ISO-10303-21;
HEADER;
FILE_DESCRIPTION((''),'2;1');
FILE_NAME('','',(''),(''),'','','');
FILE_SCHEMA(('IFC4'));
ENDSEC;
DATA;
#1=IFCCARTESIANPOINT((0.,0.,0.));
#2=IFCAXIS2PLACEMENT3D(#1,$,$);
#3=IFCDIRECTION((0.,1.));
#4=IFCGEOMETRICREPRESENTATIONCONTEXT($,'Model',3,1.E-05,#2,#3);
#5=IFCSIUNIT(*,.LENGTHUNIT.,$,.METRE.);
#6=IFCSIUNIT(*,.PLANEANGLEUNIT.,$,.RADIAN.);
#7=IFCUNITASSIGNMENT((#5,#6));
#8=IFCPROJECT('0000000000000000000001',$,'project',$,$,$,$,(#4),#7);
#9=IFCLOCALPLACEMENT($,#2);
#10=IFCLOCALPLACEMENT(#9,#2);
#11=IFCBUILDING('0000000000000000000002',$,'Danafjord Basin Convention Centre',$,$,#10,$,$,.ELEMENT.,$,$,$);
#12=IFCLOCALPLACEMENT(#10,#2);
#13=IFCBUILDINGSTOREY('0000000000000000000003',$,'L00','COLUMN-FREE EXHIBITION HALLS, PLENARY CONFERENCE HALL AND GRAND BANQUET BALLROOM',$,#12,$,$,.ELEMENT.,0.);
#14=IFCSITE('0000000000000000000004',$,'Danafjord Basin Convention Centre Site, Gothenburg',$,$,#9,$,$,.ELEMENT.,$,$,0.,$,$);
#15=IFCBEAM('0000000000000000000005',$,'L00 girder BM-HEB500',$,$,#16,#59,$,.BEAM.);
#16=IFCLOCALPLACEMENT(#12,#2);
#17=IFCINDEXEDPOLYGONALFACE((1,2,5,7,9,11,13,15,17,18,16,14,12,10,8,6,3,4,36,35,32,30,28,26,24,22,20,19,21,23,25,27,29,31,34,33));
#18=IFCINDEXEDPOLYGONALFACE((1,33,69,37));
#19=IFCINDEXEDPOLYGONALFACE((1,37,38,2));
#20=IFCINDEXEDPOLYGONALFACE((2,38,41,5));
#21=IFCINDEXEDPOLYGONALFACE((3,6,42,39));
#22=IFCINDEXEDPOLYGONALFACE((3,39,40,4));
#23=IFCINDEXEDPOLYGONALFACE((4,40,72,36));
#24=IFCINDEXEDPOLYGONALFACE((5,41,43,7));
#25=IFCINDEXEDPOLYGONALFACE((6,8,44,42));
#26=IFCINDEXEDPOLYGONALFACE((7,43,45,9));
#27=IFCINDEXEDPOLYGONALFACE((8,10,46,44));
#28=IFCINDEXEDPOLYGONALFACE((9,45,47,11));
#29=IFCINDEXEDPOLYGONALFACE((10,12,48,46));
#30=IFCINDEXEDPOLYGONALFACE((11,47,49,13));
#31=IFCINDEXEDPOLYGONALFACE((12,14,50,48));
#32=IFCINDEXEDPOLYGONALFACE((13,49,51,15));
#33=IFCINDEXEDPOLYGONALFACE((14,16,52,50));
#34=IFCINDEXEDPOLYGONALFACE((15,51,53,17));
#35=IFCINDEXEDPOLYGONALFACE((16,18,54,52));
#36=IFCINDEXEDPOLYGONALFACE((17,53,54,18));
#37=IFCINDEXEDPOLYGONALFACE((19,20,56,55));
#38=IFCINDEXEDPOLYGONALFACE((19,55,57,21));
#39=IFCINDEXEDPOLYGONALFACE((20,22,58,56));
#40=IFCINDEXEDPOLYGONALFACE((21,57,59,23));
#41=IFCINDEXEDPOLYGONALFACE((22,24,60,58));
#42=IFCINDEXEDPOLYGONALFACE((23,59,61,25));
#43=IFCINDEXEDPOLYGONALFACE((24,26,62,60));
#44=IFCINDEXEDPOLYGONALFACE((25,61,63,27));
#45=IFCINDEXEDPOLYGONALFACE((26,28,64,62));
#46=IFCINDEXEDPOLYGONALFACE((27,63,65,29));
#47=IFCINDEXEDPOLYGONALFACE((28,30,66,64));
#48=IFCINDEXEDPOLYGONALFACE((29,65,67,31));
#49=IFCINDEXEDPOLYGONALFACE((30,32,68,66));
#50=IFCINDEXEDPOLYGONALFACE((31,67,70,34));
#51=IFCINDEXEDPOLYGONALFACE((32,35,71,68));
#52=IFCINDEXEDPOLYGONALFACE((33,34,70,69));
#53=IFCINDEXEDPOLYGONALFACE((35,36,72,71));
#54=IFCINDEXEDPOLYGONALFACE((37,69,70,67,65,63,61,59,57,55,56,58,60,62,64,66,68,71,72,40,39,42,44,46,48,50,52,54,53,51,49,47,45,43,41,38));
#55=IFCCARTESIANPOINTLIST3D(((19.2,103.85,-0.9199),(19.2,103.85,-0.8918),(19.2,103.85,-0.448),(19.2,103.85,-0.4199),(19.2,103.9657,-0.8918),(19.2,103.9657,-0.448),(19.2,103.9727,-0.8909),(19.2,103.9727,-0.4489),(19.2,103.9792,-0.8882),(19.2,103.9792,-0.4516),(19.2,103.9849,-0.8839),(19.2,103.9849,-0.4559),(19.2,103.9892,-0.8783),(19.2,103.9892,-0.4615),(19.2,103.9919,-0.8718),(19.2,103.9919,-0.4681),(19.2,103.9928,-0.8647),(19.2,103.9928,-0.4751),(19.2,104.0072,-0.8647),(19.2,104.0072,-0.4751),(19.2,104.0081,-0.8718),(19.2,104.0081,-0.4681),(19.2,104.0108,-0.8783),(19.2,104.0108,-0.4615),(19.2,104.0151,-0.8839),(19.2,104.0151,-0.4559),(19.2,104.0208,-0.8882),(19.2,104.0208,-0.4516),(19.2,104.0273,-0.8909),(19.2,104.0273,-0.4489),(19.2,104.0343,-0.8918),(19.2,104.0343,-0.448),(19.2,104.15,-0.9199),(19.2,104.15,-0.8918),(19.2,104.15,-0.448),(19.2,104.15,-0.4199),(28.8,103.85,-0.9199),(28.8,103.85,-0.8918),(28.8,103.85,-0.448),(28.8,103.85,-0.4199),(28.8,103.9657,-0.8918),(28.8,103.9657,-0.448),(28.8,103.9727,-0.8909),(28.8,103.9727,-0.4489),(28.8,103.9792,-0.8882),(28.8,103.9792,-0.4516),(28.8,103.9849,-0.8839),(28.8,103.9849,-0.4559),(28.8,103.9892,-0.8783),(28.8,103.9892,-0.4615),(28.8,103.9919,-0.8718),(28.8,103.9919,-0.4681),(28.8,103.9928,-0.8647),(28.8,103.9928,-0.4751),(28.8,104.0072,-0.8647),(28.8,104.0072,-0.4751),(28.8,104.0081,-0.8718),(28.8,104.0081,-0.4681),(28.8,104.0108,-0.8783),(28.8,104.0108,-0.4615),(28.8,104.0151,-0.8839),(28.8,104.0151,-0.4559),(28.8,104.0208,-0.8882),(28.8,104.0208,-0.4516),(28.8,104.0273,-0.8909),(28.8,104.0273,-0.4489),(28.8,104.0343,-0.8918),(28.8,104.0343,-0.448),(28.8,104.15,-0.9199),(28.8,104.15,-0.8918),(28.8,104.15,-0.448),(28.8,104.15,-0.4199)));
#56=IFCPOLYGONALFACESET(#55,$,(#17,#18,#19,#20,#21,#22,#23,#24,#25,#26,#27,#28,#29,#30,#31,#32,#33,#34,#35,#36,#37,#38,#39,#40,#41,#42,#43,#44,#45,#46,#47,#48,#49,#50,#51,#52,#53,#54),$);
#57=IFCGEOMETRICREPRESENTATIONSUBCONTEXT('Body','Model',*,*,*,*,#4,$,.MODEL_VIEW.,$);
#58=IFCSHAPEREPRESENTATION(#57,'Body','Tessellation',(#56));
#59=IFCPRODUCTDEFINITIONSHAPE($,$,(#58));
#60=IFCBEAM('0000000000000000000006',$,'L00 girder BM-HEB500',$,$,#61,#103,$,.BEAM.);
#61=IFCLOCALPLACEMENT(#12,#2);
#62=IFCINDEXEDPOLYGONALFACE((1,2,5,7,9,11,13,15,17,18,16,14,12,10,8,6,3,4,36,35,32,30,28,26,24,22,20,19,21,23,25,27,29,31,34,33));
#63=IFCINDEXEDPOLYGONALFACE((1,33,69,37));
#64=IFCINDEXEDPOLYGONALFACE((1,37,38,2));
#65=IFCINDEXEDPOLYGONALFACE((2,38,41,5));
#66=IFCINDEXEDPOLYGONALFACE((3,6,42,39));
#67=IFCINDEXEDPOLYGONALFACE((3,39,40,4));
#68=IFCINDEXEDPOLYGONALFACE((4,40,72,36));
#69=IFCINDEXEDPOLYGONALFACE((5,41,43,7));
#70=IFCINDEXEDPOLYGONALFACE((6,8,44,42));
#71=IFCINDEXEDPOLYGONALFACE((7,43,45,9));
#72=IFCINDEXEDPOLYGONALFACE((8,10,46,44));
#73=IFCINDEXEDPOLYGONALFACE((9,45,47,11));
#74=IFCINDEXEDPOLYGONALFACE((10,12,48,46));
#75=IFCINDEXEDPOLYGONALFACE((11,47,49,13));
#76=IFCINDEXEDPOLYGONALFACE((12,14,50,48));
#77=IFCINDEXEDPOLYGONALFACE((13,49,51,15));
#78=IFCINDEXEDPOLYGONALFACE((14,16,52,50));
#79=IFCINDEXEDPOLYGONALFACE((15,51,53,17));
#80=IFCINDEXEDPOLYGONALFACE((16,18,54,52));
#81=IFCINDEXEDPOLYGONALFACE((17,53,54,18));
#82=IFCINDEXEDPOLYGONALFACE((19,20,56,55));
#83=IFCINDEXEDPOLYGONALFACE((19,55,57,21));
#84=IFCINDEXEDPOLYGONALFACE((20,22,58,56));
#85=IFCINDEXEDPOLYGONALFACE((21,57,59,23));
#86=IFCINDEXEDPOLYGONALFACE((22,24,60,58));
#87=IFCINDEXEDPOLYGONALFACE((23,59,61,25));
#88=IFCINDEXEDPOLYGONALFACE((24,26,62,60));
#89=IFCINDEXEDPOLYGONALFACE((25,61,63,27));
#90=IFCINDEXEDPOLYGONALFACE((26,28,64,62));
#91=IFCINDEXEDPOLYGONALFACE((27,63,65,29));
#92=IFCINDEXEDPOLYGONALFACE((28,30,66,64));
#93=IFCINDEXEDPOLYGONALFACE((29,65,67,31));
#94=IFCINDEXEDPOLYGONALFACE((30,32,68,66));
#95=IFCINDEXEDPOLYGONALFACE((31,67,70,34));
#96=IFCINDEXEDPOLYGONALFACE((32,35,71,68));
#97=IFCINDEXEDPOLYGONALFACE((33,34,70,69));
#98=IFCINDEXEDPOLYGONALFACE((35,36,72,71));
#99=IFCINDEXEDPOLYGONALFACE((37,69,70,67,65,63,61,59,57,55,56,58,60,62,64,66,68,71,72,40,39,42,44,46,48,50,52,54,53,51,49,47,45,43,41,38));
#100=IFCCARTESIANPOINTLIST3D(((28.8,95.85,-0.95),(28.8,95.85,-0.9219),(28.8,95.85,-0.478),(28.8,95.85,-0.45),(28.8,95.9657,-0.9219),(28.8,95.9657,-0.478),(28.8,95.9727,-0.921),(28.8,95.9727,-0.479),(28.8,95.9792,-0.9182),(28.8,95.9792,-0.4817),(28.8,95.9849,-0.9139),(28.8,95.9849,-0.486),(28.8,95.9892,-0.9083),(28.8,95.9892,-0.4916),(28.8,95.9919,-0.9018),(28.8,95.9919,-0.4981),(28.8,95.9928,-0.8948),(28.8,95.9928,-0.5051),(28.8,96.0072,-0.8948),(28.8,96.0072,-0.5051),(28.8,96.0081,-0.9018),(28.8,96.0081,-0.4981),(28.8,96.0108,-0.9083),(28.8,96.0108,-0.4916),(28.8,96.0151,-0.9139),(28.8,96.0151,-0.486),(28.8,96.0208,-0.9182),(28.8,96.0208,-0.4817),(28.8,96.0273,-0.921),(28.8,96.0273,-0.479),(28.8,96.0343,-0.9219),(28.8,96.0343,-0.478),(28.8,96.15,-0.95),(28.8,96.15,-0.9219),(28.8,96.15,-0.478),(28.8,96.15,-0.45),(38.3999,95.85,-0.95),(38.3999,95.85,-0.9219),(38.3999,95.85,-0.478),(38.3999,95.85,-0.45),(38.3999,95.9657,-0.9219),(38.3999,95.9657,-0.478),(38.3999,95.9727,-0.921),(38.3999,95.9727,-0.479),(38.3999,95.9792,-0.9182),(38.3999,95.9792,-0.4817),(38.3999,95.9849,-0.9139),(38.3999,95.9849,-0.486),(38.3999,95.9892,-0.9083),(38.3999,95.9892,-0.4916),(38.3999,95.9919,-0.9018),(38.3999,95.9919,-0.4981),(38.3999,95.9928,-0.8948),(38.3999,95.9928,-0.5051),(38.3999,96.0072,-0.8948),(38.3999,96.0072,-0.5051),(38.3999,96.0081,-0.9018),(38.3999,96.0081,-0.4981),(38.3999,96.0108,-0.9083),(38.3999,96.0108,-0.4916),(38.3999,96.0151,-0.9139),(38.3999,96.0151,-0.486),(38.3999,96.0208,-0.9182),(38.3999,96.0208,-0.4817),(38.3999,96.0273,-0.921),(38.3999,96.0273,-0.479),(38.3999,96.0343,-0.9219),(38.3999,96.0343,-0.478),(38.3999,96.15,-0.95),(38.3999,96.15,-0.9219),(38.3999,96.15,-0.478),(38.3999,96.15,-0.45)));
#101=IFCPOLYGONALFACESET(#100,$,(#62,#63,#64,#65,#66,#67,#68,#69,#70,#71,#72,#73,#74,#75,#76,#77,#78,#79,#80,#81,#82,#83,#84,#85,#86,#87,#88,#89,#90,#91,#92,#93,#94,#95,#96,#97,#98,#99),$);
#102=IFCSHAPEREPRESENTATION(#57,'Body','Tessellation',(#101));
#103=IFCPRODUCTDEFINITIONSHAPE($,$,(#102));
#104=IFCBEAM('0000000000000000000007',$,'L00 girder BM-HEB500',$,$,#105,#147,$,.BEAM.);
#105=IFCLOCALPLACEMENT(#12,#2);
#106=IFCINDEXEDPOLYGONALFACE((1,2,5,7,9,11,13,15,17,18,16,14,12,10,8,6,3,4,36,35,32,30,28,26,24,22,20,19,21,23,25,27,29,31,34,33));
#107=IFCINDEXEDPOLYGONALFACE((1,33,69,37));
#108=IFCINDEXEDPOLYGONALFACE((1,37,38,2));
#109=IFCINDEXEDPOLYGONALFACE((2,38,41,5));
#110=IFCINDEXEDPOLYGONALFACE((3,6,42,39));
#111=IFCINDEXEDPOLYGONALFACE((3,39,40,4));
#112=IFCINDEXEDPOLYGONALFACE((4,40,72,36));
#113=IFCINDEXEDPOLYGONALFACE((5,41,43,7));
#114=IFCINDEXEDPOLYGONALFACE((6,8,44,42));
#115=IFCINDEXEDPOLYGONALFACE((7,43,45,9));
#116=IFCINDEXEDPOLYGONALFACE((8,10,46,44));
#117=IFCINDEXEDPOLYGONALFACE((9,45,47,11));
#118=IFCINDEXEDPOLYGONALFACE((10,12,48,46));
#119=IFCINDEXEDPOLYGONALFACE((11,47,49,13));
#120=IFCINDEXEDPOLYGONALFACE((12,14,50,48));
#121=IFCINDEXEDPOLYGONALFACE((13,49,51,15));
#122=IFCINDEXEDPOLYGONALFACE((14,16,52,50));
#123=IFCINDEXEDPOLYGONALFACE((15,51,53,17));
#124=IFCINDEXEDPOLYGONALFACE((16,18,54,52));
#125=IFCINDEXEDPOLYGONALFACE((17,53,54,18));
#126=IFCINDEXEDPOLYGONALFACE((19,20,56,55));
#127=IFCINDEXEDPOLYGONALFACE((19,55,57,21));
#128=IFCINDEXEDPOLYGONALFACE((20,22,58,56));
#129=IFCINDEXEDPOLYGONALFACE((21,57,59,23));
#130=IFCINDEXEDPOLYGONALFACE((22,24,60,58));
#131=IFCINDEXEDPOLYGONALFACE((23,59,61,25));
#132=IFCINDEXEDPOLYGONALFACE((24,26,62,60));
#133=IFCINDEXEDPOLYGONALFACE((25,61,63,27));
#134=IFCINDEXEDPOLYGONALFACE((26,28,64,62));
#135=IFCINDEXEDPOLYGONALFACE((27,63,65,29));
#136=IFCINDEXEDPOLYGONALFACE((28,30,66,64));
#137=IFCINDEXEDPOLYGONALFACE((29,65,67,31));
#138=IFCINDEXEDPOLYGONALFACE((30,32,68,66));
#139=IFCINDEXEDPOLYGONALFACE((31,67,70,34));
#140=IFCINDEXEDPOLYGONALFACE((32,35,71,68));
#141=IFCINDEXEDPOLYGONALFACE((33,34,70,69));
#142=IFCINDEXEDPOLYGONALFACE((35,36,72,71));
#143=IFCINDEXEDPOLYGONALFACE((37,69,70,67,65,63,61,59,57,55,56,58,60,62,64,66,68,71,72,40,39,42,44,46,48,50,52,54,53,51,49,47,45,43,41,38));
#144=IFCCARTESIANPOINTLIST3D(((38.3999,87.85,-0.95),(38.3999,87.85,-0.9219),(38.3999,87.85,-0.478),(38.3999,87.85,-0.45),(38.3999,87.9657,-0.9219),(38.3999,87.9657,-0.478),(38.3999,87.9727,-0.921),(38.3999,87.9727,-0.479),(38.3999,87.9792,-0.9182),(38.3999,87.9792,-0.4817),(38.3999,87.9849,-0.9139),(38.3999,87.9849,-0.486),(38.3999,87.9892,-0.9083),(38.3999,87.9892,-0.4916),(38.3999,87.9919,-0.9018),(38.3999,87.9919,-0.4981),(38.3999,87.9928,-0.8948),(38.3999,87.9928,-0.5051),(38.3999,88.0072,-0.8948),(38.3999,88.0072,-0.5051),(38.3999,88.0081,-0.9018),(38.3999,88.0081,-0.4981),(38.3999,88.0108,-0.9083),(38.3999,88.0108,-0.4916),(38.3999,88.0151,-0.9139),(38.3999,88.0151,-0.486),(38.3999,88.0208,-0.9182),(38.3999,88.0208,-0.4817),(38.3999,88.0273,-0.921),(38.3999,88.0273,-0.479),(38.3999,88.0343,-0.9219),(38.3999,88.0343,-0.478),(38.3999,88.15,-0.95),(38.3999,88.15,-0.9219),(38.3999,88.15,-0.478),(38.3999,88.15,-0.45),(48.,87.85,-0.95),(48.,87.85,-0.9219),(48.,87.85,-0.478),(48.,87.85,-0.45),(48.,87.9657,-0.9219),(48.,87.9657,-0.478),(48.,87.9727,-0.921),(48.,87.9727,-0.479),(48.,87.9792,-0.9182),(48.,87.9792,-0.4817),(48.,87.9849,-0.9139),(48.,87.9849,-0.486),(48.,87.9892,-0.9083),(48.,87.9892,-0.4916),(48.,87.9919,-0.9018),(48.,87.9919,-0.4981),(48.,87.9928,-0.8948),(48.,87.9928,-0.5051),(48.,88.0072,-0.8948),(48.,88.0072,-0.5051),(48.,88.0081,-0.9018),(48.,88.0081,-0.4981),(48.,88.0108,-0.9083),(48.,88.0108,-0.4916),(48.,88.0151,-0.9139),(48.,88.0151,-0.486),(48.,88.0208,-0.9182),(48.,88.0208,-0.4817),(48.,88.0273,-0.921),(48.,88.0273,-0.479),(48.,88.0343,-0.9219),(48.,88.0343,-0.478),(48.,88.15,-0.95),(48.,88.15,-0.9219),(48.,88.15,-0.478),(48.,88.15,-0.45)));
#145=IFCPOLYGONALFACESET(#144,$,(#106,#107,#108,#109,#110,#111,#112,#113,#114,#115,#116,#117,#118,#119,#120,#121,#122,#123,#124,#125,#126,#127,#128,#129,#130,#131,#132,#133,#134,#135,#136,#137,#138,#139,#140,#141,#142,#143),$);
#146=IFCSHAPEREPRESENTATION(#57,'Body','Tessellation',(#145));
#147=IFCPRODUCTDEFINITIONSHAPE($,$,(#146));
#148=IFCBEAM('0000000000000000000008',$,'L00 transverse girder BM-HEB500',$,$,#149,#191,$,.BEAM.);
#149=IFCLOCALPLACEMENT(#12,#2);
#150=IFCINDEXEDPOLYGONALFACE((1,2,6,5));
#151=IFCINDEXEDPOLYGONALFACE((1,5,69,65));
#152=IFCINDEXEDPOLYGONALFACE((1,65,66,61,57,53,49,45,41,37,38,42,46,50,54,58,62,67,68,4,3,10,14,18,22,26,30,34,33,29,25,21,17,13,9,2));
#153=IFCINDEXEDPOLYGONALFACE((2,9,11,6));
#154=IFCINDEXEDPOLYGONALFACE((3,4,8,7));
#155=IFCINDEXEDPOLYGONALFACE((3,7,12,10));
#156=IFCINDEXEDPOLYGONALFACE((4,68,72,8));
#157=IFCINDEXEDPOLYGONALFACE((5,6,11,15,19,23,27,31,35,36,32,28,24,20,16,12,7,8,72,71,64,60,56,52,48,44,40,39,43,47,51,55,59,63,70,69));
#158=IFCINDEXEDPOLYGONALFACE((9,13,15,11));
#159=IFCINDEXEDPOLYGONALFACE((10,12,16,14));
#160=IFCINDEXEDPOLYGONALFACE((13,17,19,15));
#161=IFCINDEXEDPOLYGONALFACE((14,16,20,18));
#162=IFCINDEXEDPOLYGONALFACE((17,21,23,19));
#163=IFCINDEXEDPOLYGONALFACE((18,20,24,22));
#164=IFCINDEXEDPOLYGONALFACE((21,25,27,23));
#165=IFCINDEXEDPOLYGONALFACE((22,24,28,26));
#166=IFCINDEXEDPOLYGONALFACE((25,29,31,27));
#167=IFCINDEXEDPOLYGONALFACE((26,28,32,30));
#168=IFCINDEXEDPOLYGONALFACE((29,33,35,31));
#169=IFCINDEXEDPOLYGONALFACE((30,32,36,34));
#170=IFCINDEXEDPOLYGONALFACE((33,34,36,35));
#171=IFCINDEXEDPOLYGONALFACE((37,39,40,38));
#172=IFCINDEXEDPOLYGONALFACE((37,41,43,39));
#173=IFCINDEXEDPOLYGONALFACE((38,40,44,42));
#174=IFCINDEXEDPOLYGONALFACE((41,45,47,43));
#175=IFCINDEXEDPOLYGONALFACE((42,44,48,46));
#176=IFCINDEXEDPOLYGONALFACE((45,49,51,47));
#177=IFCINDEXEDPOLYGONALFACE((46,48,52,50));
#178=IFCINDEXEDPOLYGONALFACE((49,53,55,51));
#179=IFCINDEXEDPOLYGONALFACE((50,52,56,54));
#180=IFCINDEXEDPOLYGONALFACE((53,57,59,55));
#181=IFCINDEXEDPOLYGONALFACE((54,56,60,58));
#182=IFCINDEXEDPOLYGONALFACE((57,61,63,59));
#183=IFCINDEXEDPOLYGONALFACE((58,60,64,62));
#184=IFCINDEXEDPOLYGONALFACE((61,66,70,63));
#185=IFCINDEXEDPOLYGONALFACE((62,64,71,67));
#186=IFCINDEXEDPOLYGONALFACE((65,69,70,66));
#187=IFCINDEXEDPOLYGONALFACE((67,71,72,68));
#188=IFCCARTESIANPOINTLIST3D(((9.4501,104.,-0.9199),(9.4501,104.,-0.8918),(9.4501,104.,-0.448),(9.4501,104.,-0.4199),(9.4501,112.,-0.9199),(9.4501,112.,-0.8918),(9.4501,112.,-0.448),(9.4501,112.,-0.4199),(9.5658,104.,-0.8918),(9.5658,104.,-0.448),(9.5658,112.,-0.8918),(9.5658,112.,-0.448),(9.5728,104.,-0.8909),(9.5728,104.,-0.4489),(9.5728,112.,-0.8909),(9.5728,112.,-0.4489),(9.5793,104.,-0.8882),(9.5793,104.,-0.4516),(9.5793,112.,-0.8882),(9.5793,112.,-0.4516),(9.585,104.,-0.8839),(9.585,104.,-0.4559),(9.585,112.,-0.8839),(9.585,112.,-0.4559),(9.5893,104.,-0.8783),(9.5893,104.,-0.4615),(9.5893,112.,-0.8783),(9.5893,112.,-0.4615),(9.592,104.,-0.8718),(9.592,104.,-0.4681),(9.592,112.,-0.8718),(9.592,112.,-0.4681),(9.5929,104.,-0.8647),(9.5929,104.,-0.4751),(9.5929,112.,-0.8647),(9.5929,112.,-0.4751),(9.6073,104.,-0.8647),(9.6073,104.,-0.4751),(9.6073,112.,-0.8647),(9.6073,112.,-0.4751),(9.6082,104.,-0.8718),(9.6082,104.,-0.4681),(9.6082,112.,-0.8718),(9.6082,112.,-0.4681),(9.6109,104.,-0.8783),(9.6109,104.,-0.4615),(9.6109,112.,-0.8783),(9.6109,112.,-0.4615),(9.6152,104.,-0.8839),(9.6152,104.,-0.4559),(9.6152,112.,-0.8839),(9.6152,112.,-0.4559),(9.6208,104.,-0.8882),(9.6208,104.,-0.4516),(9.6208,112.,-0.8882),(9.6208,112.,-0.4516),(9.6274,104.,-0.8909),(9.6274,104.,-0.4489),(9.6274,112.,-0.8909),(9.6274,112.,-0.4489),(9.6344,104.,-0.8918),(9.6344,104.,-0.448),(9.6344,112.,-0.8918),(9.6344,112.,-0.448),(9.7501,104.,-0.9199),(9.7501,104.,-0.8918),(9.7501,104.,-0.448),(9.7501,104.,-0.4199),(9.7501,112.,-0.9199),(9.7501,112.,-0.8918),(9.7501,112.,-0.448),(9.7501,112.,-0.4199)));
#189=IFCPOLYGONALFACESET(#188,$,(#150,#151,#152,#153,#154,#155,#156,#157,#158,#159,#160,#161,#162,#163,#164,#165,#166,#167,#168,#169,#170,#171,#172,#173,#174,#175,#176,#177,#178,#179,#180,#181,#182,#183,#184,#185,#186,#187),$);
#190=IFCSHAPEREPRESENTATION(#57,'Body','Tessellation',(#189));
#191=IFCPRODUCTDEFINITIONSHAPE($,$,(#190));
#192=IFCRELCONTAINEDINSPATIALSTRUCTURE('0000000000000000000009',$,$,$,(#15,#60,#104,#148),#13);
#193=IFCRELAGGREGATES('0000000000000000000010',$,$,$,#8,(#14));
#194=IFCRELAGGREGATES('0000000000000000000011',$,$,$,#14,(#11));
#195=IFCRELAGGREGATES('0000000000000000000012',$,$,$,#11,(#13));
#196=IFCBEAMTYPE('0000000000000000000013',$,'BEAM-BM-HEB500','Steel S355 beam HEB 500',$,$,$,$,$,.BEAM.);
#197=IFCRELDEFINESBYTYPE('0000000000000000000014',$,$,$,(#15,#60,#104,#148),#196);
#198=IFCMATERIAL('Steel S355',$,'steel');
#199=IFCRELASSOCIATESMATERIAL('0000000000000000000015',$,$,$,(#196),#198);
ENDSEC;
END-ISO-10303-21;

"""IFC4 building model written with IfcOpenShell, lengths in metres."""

from ifc_helpers import new_model, si_unit, direction, frame, origin, origin_2d, place, context, subcontext, project, spatial, i_section, extrude, material, material_profile, profile_set, type_object, element, save


model = new_model("IFC4")

# Units and contexts
model_context = context("Model", 3, precision=1e-05, world=origin(), true_north=direction((0.0, 1.0)))
body_context = subcontext(model_context, "Body", "Model", "MODEL_VIEW")
ifc_project = project(units=[si_unit("LENGTHUNIT", "METRE"), si_unit("PLANEANGLEUNIT", "RADIAN")], contexts=[model_context])

# Site, building, storey
site_placement = place(None, origin())
site = spatial("IfcSite", under=ifc_project, at=site_placement, Name="Danafjord Basin Convention Centre Site, Gothenburg", CompositionType="ELEMENT", RefElevation=0.0)
building_placement = place(site_placement, origin())
building = spatial("IfcBuilding", under=site, at=building_placement, Name="Danafjord Basin Convention Centre", CompositionType="ELEMENT")
storey_placement = place(building_placement, origin())
storey = spatial("IfcBuildingStorey", under=building, at=storey_placement, Name="L00", Description="COLUMN-FREE EXHIBITION HALLS, PLENARY CONFERENCE HALL AND GRAND BANQUET BALLROOM", CompositionType="ELEMENT", Elevation=0.0)

# Beams
ifc_material_1 = material(Name="Steel S355", Category="steel")
ifc_material_profile_1 = material_profile(ifc_material_1, i_section(OverallWidth=0.3, OverallDepth=0.5, WebThickness=0.0144, FlangeThickness=0.0281, FilletRadius=0.0271, at=origin_2d()), Name="HEB 500")
ifc_profile_set_1 = profile_set([ifc_material_profile_1], Name="Steel S355")
beam_type_1 = type_object("IfcBeamType", Name="BEAM-BM-HEB500", Description="Steel S355 beam HEB 500", PredefinedType="BEAM", material=ifc_profile_set_1)
beam_1_placement = place(storey_placement, frame((19.2, 104.0, -0.6699), z_axis=(1.0, 0.0, 0.0), x_axis=(0.0, 1.0, 0.0)))
element("IfcBeam", 1, at=beam_1_placement, inside=storey, type_object=beam_type_1, Name="L00 girder BM-HEB500", PredefinedType="BEAM", context=body_context, shape_type="SweptSolid", body=[
    extrude(i_section(OverallWidth=0.3, OverallDepth=0.5, WebThickness=0.0144, FlangeThickness=0.0281, FilletRadius=0.0271, at=origin_2d()), origin(), (0.0, 0.0, 1.0), 9.6001),
])
beam_2_placement = place(storey_placement, frame((28.8, 96.0, -0.7), z_axis=(1.0, 0.0, 0.0), x_axis=(0.0, 1.0, 0.0)))
element("IfcBeam", 2, at=beam_2_placement, inside=storey, type_object=beam_type_1, Name="L00 girder BM-HEB500", PredefinedType="BEAM", context=body_context, shape_type="SweptSolid", body=[
    extrude(i_section(OverallWidth=0.3, OverallDepth=0.5, WebThickness=0.0144, FlangeThickness=0.0281, FilletRadius=0.0271, at=origin_2d()), origin(), (0.0, 0.0, 1.0), 9.5999),
])
beam_3_placement = place(storey_placement, frame((38.3999, 88.0, -0.7), z_axis=(1.0, 0.0, 0.0), x_axis=(0.0, 1.0, 0.0)))
element("IfcBeam", 3, at=beam_3_placement, inside=storey, type_object=beam_type_1, Name="L00 girder BM-HEB500", PredefinedType="BEAM", context=body_context, shape_type="SweptSolid", body=[
    extrude(i_section(OverallWidth=0.3, OverallDepth=0.5, WebThickness=0.0144, FlangeThickness=0.0281, FilletRadius=0.0271, at=origin_2d()), origin(), (0.0, 0.0, 1.0), 9.6001),
])
for number, where, z_axis, x_axis, name in (
    (4, (9.6001, 104.0, -0.6699), (0.0, 1.0, 0.0), (-1.0, 0.0, 0.0), "L00 transverse girder BM-HEB500"),
):
    element("IfcBeam", number, at=place(storey_placement, frame(where, z_axis=z_axis, x_axis=x_axis)), inside=storey, type_object=beam_type_1, Name=name, PredefinedType="BEAM", context=body_context, shape_type="SweptSolid", body=[
        extrude(i_section(OverallWidth=0.3, OverallDepth=0.5, WebThickness=0.0144, FlangeThickness=0.0281, FilletRadius=0.0271, at=origin_2d()), origin(), (0.0, 0.0, 1.0), 8.0),
    ])

save(model, "model.ifc")
